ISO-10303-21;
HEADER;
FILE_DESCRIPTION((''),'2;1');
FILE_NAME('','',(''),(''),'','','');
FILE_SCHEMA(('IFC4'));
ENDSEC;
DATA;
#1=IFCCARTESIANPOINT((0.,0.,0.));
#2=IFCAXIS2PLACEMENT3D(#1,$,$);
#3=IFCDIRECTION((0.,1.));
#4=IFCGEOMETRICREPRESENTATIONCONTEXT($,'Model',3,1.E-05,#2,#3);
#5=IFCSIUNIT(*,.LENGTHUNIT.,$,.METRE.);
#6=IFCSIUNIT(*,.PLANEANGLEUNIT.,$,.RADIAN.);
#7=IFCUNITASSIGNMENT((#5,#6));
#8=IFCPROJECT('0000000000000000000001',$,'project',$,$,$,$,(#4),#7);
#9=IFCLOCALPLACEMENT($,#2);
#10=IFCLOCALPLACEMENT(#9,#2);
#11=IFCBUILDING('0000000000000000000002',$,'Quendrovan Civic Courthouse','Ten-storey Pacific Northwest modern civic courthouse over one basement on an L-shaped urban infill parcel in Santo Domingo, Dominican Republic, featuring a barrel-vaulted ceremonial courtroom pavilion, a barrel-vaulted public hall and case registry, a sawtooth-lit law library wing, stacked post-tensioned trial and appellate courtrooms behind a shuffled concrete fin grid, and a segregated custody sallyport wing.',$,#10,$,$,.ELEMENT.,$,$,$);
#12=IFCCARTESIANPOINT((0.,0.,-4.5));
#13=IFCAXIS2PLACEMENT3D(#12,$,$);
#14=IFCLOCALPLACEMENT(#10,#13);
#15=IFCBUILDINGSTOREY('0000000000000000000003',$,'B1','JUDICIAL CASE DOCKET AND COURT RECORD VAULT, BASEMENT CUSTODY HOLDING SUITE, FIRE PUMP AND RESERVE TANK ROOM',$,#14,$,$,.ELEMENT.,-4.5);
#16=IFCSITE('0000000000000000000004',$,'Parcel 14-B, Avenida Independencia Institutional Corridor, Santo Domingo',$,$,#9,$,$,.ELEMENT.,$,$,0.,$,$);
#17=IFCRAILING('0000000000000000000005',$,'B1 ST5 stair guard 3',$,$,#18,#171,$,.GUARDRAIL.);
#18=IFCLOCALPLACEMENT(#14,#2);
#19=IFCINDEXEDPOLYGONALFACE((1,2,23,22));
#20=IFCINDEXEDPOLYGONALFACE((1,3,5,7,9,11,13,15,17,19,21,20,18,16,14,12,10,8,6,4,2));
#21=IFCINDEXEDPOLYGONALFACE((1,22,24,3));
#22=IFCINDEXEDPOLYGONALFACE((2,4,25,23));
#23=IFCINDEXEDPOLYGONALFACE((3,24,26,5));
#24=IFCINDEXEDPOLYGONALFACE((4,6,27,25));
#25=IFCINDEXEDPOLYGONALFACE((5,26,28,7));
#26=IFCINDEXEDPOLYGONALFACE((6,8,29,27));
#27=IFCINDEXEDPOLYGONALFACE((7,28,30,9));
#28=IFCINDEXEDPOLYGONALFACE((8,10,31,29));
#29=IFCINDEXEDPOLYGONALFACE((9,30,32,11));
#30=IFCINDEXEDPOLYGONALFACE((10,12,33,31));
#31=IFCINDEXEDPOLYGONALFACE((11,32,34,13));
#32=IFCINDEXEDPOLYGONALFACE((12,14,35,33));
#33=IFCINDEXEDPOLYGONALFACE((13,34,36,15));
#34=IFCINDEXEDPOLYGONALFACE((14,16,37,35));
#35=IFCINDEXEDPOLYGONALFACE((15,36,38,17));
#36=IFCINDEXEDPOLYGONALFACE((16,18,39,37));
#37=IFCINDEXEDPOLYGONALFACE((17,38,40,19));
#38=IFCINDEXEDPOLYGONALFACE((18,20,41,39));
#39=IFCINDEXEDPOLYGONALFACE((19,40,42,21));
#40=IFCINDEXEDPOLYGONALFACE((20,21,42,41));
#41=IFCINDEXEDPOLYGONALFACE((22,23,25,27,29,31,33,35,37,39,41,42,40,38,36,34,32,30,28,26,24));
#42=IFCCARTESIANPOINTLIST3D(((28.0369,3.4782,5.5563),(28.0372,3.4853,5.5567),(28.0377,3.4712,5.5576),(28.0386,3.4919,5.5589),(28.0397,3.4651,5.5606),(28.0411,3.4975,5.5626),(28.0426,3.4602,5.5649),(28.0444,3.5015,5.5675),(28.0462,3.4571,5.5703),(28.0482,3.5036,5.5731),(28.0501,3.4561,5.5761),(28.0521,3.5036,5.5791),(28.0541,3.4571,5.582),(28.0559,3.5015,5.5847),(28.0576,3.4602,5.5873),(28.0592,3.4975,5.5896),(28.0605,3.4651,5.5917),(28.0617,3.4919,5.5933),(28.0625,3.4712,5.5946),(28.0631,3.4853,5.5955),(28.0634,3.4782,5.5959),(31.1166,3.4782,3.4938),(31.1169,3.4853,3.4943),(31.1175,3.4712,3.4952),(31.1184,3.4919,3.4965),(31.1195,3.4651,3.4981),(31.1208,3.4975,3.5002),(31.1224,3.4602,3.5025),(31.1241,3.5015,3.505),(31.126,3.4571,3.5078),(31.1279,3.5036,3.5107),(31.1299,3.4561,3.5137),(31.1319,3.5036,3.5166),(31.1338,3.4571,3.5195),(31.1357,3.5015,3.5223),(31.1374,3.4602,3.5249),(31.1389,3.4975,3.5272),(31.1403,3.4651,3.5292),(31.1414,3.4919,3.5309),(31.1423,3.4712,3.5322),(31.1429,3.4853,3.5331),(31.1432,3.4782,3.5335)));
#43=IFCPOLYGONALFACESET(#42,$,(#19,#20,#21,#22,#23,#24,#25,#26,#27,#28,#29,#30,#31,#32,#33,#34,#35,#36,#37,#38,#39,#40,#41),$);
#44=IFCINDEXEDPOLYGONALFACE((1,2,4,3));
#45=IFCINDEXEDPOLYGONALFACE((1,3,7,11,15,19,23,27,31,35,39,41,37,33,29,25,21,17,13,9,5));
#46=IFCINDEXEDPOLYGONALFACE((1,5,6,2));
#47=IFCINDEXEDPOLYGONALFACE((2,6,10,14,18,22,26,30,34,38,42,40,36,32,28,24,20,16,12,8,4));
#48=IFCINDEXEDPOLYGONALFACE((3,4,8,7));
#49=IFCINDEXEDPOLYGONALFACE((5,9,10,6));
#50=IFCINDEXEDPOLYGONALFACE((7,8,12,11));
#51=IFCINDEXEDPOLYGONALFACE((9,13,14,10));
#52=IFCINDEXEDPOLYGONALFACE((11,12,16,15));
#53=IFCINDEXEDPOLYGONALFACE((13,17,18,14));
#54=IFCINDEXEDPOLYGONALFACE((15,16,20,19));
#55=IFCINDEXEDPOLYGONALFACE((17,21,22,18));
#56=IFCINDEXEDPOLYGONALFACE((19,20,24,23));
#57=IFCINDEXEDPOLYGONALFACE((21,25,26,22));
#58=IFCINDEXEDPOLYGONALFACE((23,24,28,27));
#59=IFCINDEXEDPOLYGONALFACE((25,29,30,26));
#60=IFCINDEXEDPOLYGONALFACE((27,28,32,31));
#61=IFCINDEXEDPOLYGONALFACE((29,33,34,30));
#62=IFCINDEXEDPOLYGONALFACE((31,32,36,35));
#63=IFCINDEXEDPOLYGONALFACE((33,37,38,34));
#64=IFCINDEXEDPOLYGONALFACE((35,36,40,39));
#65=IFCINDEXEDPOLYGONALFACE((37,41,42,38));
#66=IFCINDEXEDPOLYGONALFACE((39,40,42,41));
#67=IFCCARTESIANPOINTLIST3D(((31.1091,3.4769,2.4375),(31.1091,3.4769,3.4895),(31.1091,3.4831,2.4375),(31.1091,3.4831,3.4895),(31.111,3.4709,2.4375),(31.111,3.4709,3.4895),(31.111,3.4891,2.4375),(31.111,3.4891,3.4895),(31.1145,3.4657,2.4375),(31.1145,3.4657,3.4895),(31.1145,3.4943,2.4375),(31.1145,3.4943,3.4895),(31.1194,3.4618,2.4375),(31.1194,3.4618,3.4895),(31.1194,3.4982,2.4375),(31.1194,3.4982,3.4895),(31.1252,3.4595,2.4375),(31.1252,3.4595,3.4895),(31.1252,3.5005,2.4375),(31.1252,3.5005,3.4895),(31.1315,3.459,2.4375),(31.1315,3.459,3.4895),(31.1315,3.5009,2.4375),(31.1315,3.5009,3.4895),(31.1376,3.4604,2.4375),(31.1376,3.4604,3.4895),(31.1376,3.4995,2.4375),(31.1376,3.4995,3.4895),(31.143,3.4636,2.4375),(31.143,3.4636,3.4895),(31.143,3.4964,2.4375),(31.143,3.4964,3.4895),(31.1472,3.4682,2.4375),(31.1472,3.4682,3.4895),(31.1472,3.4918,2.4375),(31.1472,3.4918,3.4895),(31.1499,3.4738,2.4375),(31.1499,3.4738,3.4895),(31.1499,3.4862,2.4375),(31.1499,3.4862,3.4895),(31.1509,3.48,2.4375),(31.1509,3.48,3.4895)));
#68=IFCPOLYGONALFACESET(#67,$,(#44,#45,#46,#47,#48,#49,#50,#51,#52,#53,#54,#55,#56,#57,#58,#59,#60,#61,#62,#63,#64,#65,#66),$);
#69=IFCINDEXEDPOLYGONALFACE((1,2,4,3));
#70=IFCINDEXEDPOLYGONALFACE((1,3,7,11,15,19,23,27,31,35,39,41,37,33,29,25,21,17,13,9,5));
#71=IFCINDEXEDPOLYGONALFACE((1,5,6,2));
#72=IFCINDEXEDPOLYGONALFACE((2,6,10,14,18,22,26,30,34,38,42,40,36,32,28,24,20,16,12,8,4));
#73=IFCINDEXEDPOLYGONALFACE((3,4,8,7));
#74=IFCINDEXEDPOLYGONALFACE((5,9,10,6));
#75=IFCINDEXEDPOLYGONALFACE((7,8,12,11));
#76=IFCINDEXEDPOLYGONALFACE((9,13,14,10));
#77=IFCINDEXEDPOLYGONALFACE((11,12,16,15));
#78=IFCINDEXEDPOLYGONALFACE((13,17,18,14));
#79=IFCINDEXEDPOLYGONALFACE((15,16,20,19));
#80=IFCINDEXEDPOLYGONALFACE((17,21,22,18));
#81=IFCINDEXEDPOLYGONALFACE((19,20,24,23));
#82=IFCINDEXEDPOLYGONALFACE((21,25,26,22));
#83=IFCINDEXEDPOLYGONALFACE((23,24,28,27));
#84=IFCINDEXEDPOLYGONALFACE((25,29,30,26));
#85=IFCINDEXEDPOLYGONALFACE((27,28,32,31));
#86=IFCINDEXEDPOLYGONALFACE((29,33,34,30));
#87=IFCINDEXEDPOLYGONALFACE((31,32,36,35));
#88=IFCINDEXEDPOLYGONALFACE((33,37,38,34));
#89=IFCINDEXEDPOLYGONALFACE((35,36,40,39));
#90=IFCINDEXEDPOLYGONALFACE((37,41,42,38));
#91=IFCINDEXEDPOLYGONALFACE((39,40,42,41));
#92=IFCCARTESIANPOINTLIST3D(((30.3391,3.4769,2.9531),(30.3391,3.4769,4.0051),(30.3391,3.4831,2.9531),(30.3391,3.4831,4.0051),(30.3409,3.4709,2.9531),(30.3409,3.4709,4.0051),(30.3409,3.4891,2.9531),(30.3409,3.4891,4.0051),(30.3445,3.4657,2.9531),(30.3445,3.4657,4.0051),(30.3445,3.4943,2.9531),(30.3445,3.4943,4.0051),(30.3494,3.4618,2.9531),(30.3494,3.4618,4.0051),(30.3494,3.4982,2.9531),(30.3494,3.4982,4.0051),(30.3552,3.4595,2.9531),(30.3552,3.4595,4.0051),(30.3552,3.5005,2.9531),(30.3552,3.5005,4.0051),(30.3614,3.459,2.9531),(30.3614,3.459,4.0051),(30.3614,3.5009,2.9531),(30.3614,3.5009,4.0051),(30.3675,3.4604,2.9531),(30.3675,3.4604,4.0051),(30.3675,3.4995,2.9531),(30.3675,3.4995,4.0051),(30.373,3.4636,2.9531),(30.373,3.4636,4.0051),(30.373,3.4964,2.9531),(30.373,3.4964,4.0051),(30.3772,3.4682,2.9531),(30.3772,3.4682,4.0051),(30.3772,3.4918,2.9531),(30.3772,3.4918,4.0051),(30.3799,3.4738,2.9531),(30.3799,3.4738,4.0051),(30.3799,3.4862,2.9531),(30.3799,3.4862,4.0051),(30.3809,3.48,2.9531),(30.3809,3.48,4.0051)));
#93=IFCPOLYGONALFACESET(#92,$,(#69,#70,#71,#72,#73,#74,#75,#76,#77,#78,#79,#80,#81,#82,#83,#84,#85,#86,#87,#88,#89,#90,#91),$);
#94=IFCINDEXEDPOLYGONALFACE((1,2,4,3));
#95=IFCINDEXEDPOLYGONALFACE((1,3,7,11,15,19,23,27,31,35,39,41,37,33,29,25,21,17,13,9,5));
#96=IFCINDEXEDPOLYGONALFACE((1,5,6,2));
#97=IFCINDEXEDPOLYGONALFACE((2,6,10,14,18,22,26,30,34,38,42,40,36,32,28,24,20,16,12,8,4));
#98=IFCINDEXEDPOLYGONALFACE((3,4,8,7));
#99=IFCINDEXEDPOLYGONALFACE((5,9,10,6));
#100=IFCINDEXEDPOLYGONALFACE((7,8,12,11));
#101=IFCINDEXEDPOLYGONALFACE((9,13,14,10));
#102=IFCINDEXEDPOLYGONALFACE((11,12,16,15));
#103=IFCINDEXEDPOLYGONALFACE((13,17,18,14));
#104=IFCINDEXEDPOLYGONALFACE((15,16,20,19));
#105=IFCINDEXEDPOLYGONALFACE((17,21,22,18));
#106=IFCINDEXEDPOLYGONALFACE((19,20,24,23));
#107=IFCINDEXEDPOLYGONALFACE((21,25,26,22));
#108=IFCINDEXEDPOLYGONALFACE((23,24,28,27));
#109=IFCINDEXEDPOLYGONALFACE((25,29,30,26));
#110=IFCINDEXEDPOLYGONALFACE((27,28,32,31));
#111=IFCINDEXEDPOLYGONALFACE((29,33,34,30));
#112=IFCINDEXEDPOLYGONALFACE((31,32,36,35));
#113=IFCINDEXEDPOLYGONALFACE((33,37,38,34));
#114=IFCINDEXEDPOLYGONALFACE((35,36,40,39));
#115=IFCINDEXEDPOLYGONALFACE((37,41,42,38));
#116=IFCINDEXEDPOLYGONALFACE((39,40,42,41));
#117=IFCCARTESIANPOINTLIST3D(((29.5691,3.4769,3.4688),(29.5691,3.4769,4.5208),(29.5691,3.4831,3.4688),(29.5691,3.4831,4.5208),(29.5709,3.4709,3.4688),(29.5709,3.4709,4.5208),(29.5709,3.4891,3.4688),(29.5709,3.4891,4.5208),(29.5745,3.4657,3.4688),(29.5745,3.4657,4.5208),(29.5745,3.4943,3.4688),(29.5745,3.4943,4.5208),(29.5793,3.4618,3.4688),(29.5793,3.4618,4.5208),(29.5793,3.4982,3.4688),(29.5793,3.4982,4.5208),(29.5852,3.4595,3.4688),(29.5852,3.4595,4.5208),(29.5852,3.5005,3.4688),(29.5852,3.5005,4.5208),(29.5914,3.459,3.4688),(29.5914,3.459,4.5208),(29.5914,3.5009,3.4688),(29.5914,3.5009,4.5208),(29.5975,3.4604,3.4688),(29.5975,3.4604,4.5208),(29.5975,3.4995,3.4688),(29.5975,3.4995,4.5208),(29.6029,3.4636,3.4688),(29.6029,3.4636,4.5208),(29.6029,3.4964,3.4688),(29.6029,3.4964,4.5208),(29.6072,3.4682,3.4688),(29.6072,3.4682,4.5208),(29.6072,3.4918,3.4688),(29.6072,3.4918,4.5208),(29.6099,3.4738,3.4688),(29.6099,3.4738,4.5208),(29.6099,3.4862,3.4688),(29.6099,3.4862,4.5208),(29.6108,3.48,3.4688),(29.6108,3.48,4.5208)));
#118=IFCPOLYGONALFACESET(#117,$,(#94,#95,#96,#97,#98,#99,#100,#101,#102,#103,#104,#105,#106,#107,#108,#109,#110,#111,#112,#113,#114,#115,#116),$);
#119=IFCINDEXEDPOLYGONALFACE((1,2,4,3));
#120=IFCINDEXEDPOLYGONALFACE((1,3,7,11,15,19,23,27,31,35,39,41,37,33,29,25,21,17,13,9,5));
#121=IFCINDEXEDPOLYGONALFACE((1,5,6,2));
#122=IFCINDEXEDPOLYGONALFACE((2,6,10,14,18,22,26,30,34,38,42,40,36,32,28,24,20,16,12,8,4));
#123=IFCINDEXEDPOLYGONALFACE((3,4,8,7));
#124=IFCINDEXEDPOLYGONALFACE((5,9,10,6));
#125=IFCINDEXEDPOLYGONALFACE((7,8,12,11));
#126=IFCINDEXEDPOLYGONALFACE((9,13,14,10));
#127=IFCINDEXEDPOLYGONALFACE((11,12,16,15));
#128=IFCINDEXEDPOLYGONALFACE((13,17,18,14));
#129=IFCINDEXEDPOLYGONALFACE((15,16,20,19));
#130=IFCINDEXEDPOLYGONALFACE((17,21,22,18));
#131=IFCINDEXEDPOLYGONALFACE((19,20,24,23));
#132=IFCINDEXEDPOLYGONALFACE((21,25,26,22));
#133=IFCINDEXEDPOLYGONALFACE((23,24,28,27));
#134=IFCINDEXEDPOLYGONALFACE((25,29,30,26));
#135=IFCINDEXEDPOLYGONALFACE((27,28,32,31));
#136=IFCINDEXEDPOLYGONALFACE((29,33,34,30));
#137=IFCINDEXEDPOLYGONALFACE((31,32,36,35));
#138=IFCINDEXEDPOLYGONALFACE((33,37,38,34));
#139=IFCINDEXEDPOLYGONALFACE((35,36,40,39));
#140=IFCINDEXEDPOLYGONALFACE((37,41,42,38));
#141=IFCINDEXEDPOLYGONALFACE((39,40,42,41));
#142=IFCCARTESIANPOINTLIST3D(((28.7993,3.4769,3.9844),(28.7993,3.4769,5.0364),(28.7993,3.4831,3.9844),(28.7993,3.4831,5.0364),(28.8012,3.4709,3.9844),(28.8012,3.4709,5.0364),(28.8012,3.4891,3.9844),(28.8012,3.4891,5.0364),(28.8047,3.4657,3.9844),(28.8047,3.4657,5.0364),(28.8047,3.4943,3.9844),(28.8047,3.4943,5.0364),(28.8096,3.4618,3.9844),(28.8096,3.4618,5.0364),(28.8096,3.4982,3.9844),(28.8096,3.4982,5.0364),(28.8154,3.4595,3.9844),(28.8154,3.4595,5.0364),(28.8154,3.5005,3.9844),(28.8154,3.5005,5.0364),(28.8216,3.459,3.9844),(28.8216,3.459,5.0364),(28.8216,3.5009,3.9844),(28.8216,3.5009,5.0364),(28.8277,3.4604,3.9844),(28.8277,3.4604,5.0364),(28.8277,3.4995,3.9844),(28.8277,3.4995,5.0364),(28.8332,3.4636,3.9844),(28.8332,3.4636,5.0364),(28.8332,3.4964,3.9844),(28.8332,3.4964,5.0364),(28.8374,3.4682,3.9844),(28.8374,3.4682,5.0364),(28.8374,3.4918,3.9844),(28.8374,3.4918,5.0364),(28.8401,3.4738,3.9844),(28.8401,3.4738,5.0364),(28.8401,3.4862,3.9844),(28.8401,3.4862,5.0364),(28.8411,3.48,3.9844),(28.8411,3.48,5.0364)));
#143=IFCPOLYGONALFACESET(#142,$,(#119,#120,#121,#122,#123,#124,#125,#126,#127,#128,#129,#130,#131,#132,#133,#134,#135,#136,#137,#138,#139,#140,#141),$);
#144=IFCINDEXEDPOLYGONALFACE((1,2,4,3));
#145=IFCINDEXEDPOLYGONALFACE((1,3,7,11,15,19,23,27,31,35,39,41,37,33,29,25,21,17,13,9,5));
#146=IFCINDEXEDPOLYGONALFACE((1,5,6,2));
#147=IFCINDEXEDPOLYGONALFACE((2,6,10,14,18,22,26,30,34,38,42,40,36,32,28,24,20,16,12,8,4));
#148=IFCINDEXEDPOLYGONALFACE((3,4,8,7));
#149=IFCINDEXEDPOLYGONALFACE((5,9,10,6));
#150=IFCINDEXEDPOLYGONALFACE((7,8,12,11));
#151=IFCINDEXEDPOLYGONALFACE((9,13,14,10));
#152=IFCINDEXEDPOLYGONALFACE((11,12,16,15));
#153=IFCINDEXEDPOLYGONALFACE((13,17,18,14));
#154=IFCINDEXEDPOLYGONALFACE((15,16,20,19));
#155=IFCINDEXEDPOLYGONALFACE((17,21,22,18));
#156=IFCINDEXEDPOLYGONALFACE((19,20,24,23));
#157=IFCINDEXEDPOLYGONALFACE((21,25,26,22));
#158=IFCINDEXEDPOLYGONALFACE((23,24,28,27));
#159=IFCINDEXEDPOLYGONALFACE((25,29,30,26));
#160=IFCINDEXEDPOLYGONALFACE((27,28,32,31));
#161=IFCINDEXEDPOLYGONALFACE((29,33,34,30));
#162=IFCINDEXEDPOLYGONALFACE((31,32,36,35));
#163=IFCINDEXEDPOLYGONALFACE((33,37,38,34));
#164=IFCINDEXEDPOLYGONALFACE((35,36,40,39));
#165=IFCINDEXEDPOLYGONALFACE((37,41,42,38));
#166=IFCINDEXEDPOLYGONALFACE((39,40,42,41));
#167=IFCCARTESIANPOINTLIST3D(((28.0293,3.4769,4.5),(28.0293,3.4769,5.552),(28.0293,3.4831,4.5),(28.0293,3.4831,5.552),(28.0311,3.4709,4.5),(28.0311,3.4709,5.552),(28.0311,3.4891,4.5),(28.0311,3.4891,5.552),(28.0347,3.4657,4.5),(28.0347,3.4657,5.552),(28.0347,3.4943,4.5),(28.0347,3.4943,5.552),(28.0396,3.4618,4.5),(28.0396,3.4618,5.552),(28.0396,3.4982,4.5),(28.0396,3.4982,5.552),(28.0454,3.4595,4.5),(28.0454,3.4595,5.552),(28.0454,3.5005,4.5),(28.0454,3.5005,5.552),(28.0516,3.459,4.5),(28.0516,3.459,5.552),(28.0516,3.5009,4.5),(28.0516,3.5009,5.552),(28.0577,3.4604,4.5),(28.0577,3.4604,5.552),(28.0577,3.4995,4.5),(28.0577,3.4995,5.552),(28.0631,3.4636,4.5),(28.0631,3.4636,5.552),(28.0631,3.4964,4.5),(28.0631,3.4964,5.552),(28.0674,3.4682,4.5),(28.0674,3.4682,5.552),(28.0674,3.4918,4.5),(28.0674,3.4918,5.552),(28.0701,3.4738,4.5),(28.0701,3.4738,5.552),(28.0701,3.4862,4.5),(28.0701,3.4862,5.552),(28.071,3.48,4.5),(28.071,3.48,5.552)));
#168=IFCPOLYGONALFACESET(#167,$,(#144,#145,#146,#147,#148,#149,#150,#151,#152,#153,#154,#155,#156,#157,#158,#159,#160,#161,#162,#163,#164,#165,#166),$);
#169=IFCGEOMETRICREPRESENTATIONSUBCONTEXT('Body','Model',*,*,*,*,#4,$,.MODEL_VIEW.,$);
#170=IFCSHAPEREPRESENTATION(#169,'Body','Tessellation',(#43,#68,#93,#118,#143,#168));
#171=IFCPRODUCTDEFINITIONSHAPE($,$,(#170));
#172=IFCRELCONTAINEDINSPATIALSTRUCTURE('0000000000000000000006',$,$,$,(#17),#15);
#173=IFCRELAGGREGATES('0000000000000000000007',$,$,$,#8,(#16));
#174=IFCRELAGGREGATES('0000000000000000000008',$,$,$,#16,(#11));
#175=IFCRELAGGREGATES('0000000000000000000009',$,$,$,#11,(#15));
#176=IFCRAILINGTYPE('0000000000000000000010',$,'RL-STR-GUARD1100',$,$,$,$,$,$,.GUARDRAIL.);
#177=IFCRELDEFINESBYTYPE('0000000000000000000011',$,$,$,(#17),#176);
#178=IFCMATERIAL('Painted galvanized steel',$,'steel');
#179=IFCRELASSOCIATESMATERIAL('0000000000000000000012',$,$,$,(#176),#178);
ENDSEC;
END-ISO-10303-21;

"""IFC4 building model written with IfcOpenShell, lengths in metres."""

from ifc_helpers import new_model, si_unit, direction, frame, origin, origin_2d, place, context, subcontext, project, spatial, circle, extrude, material, type_object, element, save


model = new_model("IFC4")

# Units and contexts
model_context = context("Model", 3, precision=1e-05, world=origin(), true_north=direction((0.0, 1.0)))
body_context = subcontext(model_context, "Body", "Model", "MODEL_VIEW")
ifc_project = project(units=[si_unit("LENGTHUNIT", "METRE"), si_unit("PLANEANGLEUNIT", "RADIAN")], contexts=[model_context])

# Site, building, storey
site_placement = place(None, origin())
site = spatial("IfcSite", under=ifc_project, at=site_placement, Name="Parcel 14-B, Avenida Independencia Institutional Corridor, Santo Domingo", CompositionType="ELEMENT", RefElevation=0.0)
building_placement = place(site_placement, origin())
building = spatial("IfcBuilding", under=site, at=building_placement, Name="Quendrovan Civic Courthouse", Description="Ten-storey Pacific Northwest modern civic courthouse over one basement on an L-shaped urban infill parcel in Santo Domingo, Dominican Republic, featuring a barrel-vaulted ceremonial courtroom pavilion, a barrel-vaulted public hall and case registry, a sawtooth-lit law library wing, stacked post-tensioned trial and appellate courtrooms behind a shuffled concrete fin grid, and a segregated custody sallyport wing.", CompositionType="ELEMENT")
storey_placement = place(building_placement, frame((0.0, 0.0, -4.5)))
storey = spatial("IfcBuildingStorey", under=building, at=storey_placement, Name="B1", Description="JUDICIAL CASE DOCKET AND COURT RECORD VAULT, BASEMENT CUSTODY HOLDING SUITE, FIRE PUMP AND RESERVE TANK ROOM", CompositionType="ELEMENT", Elevation=-4.5)

# Railing
ifc_material_1 = material(Name="Painted galvanized steel", Category="steel")
railing_type_1 = type_object("IfcRailingType", Name="RL-STR-GUARD1100", PredefinedType="GUARDRAIL", material=ifc_material_1)
railing_1_placement = place(storey_placement, frame((31.1299, 3.48, 2.4375)))
element("IfcRailing", 1, at=railing_1_placement, inside=storey, type_object=railing_type_1, Name="B1 ST5 stair guard 3", PredefinedType="GUARDRAIL", context=body_context, shape_type="SweptSolid", body=[
    extrude(circle(Radius=0.0239, at=origin_2d()), frame((0.0, 0.0, 1.0762), z_axis=(-0.830893, 0.0, 0.556432), x_axis=(0.0, -1.0, 0.0)), (0.0, 0.0, 1.0), 3.7065),
    extrude(circle(Radius=0.021, at=origin_2d()), origin(), (0.0, 0.0, 1.0), 1.052),
    extrude(circle(Radius=0.021, at=origin_2d()), frame((-0.77, 0.0, 0.5156)), (0.0, 0.0, 1.0), 1.052),
    extrude(circle(Radius=0.021, at=origin_2d()), frame((-1.54, 0.0, 1.0312)), (0.0, 0.0, 1.0), 1.052),
    extrude(circle(Radius=0.021, at=origin_2d()), frame((-2.3098, 0.0, 1.5469)), (0.0, 0.0, 1.0), 1.052),
    extrude(circle(Radius=0.021, at=origin_2d()), frame((-3.0798, 0.0, 2.0625)), (0.0, 0.0, 1.0), 1.052),
])

save(model, "model.ifc")
